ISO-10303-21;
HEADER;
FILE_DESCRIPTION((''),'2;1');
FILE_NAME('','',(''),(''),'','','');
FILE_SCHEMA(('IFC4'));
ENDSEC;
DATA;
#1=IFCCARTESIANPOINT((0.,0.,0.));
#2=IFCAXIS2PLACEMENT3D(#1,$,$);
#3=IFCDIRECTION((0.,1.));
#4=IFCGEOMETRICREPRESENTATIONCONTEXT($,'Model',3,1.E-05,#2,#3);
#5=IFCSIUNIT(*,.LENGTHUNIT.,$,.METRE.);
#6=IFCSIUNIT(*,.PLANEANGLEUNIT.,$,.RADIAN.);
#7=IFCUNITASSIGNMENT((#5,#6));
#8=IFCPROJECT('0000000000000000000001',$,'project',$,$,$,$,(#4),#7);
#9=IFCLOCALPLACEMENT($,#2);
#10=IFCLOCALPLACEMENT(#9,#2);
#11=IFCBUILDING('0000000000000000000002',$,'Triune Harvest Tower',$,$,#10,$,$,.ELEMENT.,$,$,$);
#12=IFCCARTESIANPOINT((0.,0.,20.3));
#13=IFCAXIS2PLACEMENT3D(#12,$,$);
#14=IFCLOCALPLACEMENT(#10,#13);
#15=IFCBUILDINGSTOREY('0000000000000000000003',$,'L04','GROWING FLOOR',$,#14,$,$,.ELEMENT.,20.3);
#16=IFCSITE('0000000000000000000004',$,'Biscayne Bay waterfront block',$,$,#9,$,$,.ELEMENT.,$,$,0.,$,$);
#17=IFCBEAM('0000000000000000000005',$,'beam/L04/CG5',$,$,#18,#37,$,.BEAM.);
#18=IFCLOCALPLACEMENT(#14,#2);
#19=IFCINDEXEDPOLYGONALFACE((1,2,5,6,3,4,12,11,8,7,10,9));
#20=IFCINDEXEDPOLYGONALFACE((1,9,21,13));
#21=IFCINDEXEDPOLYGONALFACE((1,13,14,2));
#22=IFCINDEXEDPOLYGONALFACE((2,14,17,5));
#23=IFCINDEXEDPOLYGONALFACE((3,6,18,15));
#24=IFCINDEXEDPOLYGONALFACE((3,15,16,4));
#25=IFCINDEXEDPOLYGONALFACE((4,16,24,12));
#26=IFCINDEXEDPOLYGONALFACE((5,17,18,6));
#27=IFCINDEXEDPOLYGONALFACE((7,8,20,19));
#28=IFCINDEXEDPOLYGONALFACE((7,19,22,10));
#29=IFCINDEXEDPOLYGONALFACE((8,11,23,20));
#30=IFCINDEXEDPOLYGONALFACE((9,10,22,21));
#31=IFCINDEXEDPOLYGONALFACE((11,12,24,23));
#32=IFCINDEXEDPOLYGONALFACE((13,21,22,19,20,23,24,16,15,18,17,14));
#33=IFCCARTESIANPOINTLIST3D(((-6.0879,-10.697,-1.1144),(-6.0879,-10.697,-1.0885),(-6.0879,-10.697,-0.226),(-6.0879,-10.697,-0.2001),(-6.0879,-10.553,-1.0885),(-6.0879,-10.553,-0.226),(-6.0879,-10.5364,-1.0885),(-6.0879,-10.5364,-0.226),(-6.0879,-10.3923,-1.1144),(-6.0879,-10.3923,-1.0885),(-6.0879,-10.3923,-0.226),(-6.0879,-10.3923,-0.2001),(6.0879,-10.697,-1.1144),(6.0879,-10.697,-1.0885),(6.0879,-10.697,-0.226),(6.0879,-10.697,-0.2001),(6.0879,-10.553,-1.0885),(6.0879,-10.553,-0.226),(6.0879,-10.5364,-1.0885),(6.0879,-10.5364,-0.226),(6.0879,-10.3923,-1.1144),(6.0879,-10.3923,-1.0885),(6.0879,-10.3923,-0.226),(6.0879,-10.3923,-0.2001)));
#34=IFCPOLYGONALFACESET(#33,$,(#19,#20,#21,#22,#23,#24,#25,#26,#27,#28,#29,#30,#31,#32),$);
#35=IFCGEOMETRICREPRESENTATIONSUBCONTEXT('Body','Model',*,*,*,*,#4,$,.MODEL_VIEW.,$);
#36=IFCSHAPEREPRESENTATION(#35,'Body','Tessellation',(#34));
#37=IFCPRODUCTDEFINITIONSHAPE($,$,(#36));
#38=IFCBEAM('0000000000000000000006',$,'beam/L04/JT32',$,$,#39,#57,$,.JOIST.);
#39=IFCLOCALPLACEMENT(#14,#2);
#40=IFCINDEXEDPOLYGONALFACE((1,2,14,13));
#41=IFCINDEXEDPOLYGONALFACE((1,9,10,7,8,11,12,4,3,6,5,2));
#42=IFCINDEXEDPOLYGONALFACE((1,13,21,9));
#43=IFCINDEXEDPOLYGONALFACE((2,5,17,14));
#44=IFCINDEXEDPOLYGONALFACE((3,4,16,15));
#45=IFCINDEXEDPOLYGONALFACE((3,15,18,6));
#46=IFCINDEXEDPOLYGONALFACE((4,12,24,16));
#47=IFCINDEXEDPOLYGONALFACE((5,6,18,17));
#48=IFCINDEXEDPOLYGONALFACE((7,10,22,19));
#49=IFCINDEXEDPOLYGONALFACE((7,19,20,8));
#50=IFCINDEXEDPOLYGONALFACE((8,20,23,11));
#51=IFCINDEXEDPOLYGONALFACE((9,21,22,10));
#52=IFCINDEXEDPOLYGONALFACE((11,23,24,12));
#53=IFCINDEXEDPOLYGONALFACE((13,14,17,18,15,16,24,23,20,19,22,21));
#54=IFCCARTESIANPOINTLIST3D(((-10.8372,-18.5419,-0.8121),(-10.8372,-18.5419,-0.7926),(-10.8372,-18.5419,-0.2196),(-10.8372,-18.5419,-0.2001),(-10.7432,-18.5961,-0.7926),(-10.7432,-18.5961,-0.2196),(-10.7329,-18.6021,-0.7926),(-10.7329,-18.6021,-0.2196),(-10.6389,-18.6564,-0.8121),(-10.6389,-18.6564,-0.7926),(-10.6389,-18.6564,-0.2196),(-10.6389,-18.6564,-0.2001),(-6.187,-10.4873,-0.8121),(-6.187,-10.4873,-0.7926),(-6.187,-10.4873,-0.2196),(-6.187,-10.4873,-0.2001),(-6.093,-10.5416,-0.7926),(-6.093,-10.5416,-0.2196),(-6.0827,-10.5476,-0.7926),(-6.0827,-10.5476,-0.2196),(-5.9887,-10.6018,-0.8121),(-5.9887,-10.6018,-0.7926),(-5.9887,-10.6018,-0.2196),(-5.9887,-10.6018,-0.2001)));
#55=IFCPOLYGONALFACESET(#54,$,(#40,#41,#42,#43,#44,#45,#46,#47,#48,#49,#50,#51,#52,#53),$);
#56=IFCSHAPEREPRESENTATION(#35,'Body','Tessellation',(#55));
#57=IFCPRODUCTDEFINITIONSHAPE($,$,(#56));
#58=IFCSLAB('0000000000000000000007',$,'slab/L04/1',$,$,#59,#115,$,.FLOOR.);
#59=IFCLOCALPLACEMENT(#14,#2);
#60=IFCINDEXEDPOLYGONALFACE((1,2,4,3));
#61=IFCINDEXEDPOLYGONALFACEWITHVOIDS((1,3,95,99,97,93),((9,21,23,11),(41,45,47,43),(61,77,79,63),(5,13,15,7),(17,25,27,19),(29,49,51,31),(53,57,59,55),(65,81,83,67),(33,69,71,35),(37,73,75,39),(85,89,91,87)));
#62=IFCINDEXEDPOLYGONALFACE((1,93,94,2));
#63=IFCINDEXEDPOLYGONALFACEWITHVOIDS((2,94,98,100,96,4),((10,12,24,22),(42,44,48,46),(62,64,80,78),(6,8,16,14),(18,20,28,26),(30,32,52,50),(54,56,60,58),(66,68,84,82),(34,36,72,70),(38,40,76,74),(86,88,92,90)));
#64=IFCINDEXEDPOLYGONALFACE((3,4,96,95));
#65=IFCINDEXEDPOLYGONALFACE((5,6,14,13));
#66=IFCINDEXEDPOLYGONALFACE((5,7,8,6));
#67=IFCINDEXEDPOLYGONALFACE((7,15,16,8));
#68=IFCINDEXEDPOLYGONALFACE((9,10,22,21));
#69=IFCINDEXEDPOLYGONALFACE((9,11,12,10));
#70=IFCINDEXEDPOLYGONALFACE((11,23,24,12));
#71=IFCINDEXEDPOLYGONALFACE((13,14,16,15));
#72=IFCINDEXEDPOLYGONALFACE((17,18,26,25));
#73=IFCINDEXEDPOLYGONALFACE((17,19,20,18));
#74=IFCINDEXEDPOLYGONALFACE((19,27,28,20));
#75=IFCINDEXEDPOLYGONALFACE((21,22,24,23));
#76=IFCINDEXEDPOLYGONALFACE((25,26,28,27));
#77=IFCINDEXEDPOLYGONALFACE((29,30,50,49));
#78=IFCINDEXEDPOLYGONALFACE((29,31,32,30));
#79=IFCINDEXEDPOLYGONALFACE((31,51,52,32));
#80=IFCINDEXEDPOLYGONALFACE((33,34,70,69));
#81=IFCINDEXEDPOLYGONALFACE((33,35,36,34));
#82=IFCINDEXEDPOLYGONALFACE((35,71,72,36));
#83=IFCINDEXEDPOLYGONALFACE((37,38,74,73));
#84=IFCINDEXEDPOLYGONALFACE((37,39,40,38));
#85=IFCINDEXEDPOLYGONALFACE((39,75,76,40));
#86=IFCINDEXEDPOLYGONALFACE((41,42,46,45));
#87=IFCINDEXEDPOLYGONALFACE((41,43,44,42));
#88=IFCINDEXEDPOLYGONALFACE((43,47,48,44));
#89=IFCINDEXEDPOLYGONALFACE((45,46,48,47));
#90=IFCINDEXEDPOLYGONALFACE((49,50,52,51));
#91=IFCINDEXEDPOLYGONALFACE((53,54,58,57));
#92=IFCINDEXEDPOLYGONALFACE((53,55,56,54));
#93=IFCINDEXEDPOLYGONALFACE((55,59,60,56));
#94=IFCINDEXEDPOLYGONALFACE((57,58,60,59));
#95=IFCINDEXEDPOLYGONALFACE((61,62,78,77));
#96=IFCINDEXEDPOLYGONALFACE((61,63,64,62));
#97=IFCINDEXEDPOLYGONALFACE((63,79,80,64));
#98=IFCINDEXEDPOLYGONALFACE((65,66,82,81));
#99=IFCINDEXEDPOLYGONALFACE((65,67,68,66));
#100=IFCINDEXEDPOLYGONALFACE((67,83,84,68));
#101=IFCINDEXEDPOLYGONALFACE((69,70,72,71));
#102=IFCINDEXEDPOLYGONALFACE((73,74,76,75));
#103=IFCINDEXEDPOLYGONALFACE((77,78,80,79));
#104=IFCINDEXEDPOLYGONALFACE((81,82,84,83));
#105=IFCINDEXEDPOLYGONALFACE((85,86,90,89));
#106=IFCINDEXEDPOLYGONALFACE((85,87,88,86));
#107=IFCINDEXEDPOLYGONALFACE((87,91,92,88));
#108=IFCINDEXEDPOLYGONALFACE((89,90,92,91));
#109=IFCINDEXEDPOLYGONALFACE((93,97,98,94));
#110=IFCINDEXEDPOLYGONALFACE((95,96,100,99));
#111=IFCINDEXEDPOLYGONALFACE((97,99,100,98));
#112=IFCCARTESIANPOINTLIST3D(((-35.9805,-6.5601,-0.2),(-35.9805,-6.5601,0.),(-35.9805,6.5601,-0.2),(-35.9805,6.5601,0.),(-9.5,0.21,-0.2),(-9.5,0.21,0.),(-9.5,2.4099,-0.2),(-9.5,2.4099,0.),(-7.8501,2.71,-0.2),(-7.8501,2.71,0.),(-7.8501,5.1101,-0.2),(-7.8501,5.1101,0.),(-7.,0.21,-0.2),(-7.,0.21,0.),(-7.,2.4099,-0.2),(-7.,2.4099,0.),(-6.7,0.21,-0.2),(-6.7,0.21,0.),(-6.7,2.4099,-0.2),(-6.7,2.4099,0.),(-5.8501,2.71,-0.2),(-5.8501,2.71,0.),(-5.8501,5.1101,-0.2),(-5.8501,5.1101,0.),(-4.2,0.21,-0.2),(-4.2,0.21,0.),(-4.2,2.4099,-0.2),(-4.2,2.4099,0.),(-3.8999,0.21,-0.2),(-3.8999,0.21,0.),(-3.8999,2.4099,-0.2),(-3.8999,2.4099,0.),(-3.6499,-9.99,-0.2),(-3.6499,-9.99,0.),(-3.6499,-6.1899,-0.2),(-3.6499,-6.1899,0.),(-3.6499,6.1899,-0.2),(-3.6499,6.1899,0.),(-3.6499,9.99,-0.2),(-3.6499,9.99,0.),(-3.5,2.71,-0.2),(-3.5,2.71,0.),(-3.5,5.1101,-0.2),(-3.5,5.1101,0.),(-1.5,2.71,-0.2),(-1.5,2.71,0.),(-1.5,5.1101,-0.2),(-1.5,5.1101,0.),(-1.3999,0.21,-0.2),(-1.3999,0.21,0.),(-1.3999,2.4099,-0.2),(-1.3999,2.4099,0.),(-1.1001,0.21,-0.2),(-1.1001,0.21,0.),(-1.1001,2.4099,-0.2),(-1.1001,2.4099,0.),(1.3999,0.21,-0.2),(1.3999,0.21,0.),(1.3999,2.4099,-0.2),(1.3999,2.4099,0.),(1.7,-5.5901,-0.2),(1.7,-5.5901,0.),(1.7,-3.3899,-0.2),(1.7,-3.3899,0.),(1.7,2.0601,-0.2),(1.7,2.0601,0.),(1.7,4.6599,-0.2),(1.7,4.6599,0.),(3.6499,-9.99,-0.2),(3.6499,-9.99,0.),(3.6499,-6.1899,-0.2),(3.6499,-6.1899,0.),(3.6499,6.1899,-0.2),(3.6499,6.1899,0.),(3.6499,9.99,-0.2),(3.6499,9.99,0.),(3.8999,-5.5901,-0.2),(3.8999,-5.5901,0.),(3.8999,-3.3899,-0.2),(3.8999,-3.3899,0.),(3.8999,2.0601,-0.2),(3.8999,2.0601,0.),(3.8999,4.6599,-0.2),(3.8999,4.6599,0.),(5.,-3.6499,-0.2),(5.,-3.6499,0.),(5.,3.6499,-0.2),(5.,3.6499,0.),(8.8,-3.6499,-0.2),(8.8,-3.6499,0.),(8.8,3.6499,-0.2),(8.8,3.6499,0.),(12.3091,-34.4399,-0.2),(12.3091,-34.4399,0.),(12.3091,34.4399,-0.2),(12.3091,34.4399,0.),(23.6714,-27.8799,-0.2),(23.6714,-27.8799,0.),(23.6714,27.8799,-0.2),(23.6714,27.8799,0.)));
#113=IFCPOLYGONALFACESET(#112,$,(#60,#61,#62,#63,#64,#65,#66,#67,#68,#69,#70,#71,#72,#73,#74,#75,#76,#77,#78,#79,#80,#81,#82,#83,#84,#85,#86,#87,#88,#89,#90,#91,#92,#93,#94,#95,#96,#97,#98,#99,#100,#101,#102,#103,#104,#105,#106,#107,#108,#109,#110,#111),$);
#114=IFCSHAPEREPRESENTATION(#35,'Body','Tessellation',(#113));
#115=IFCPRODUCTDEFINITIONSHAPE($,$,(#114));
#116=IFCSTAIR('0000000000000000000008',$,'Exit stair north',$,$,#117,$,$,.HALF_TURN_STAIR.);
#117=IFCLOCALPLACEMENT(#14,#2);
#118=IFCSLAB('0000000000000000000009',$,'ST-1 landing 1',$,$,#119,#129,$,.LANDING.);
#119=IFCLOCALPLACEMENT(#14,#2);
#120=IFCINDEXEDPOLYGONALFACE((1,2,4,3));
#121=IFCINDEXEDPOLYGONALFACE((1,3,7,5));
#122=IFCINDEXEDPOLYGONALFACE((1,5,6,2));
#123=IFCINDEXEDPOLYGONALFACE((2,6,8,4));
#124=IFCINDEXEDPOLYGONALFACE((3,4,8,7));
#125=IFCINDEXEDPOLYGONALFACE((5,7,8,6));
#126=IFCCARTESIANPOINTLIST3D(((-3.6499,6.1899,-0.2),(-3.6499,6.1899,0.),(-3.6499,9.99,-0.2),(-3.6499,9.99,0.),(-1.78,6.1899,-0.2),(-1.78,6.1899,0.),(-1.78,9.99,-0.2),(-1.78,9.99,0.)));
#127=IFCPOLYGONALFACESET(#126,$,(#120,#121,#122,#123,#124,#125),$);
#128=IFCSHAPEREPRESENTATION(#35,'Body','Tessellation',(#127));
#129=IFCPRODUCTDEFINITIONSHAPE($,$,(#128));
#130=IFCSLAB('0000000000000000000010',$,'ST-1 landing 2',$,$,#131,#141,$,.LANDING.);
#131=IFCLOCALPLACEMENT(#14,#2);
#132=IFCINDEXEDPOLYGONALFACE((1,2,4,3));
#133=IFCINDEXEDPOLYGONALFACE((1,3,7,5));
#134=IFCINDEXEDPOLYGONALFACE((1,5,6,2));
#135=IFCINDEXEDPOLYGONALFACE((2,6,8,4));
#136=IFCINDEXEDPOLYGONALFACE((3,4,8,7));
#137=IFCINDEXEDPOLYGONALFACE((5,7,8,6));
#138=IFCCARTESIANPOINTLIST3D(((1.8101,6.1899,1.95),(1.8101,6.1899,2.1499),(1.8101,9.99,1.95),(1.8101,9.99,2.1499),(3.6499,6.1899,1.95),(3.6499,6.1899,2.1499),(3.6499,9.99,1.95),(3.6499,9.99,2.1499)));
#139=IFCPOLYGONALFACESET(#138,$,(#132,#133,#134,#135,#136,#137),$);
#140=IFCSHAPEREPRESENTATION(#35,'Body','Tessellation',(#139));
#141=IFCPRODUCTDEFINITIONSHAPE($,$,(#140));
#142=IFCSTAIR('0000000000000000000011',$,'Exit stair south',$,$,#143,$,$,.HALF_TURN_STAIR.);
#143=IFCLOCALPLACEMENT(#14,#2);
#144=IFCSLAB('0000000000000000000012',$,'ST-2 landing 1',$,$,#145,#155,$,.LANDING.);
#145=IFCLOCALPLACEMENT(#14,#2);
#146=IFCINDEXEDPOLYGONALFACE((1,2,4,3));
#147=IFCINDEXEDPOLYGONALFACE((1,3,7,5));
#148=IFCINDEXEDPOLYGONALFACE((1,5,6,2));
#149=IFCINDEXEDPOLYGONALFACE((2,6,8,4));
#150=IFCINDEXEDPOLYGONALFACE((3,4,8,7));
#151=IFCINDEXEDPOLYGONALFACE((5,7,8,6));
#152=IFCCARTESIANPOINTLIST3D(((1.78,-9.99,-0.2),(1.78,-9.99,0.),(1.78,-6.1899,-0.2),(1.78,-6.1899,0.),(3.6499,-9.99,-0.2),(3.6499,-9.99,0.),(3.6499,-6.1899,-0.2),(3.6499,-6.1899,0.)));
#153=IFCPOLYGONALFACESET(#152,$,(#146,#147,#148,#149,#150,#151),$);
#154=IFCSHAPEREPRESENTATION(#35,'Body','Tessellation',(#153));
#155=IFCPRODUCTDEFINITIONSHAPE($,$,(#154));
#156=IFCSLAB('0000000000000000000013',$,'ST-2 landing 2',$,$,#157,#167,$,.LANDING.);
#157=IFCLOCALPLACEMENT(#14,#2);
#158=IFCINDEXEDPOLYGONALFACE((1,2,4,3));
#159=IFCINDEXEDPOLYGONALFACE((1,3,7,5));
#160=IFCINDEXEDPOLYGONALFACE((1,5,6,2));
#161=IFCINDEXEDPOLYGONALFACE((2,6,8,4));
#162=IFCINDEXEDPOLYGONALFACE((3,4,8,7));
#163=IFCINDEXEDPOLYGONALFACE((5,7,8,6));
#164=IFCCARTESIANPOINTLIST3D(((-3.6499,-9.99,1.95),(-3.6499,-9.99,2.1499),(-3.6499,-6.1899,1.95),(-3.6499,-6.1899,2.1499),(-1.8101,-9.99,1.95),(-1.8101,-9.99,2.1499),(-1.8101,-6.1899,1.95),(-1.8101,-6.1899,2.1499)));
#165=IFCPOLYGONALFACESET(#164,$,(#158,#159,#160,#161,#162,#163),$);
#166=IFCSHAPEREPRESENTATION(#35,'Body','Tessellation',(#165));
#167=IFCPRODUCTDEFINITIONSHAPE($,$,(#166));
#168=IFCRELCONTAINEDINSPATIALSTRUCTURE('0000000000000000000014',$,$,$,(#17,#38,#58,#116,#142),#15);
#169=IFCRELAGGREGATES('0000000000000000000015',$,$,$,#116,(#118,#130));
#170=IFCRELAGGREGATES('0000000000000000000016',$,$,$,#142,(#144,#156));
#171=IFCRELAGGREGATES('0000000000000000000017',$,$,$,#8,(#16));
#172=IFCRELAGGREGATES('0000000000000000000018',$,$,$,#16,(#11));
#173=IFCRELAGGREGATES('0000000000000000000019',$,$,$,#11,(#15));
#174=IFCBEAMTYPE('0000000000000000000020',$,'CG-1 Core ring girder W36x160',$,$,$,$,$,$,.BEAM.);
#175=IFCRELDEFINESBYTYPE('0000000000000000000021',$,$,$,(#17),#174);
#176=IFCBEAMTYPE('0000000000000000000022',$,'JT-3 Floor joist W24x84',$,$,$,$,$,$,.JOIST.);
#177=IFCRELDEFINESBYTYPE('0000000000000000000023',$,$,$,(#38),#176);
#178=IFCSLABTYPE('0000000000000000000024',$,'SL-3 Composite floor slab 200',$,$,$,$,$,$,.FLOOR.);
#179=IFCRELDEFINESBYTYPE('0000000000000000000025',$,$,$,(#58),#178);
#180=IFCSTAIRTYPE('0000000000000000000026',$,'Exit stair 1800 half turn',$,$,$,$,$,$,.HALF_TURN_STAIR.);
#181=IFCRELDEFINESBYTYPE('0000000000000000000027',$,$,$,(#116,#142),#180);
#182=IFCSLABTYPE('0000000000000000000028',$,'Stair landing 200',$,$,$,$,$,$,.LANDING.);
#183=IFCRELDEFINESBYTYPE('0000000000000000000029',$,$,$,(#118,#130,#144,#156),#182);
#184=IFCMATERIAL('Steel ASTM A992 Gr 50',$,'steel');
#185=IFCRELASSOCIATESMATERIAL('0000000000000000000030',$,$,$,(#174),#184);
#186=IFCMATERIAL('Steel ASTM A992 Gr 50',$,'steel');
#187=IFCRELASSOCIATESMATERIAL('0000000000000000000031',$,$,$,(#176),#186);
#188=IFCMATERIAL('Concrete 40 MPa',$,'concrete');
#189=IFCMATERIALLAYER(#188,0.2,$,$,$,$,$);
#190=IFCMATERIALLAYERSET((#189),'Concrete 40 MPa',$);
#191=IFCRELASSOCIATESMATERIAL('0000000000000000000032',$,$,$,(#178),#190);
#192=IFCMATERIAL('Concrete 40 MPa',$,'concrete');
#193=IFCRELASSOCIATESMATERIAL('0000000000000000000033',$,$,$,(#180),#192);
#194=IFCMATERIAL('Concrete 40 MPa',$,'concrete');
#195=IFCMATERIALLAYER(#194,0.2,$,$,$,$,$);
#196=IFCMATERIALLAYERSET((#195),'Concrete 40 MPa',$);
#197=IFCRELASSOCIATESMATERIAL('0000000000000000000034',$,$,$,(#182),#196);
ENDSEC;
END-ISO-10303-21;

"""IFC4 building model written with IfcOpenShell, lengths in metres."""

from ifc_helpers import new_model, si_unit, direction, frame, origin, origin_2d, place, context, subcontext, project, spatial, polyline, i_section, outline, extrude, source, transform, mapped, material, layer, layer_set, material_profile, profile_set, type_object, element, aggregate, save


model = new_model("IFC4")

# Units and contexts
model_context = context("Model", 3, precision=1e-05, world=origin(), true_north=direction((0.0, 1.0)))
body_context = subcontext(model_context, "Body", "Model", "MODEL_VIEW")
ifc_project = project(units=[si_unit("LENGTHUNIT", "METRE"), si_unit("PLANEANGLEUNIT", "RADIAN")], contexts=[model_context])

# Site, building, storey
site_placement = place(None, origin())
site = spatial("IfcSite", under=ifc_project, at=site_placement, Name="Biscayne Bay waterfront block", CompositionType="ELEMENT", RefElevation=0.0)
building_placement = place(site_placement, origin())
building = spatial("IfcBuilding", under=site, at=building_placement, Name="Triune Harvest Tower", CompositionType="ELEMENT")
storey_placement = place(building_placement, frame((0.0, 0.0, 20.3)))
storey = spatial("IfcBuildingStorey", under=building, at=storey_placement, Name="L04", Description="GROWING FLOOR", CompositionType="ELEMENT", Elevation=20.3)

# Beams
ifc_material_1 = material(Name="Steel ASTM A992 Gr 50", Category="steel")
ifc_material_profile_1 = material_profile(ifc_material_1, i_section(OverallWidth=0.3047, OverallDepth=0.9143, WebThickness=0.0166, FlangeThickness=0.0259, at=origin_2d()), Name="W36x160")
ifc_profile_set_1 = profile_set([ifc_material_profile_1], Name="Steel ASTM A992 Gr 50")
beam_type_1 = type_object("IfcBeamType", Name="CG-1 Core ring girder W36x160", PredefinedType="BEAM", material=ifc_profile_set_1)
shared_shape_1 = source(origin(), body_context, "Body", "SweptSolid", [
    extrude(i_section(OverallWidth=0.3047, OverallDepth=0.9143, WebThickness=0.0166, FlangeThickness=0.0259, at=origin_2d()), origin(), (0.0, 0.0, 1.0), 12.1758),
])
beam_1_placement = place(storey_placement, frame((-6.0879, -10.5447, -0.6572), z_axis=(1.0, 0.0, 0.0), x_axis=(0.0, 1.0, 0.0)))
element("IfcBeam", 1, at=beam_1_placement, inside=storey, type_object=beam_type_1, Name="beam/L04/CG5", PredefinedType="BEAM", context=body_context, shape_type="MappedRepresentation", body=[
    mapped(shared_shape_1, transform((0.0, 0.0, 0.0), scale=1.0)),
])
ifc_material_2 = material(Name="Steel ASTM A992 Gr 50", Category="steel")
ifc_material_profile_2 = material_profile(ifc_material_2, i_section(OverallWidth=0.229, OverallDepth=0.6121, WebThickness=0.012, FlangeThickness=0.0195, at=origin_2d()), Name="W24x84")
ifc_profile_set_2 = profile_set([ifc_material_profile_2], Name="Steel ASTM A992 Gr 50")
beam_type_2 = type_object("IfcBeamType", Name="JT-3 Floor joist W24x84", PredefinedType="JOIST", material=ifc_profile_set_2)
shared_shape_2 = source(origin(), body_context, "Body", "SweptSolid", [
    extrude(i_section(OverallWidth=0.229, OverallDepth=0.6121, WebThickness=0.012, FlangeThickness=0.0195, at=origin_2d()), origin(), (0.0, 0.0, 1.0), 9.3005),
])
beam_2_placement = place(storey_placement, frame((-10.738, -18.5991, -0.5061), z_axis=(0.499993, 0.86603, 0.0), x_axis=(-0.86603, 0.499993, 0.0)))
element("IfcBeam", 2, at=beam_2_placement, inside=storey, type_object=beam_type_2, Name="beam/L04/JT32", PredefinedType="JOIST", context=body_context, shape_type="MappedRepresentation", body=[
    mapped(shared_shape_2, transform((0.0, 0.0, 0.0), scale=1.0)),
])

# Slab
ifc_material_3 = material(Name="Concrete 40 MPa", Category="concrete")
ifc_layer_1 = layer(ifc_material_3, 0.2)
ifc_layer_set_1 = layer_set([ifc_layer_1], Name="Concrete 40 MPa")
slab_type_1 = type_object("IfcSlabType", Name="SL-3 Composite floor slab 200", PredefinedType="FLOOR", material=ifc_layer_set_1)
shared_shape_3 = source(origin(), body_context, "Body", "SweptSolid", [
    extrude(outline(polyline([(23.6714, -27.8799), (23.6714, 27.8799), (12.3091, 34.4399), (-35.9805, 6.5601), (-35.9805, -6.5601), (12.3091, -34.4399), (23.6714, -27.8799)]), holes=[polyline([(-7.0, 0.21), (-7.0, 2.4099), (-9.5, 2.4099), (-9.5, 0.21), (-7.0, 0.21)]), polyline([(-4.2, 0.21), (-4.2, 2.4099), (-6.7, 2.4099), (-6.7, 0.21), (-4.2, 0.21)]), polyline([(-1.3999, 0.21), (-1.3999, 2.4099), (-3.8999, 2.4099), (-3.8999, 0.21), (-1.3999, 0.21)]), polyline([(1.3999, 0.21), (1.3999, 2.4099), (-1.1001, 2.4099), (-1.1001, 0.21), (1.3999, 0.21)]), polyline([(3.8999, 2.0601), (3.8999, 4.6599), (1.7, 4.6599), (1.7, 2.0601), (3.8999, 2.0601)]), polyline([(3.8999, -5.5901), (3.8999, -3.3899), (1.7, -3.3899), (1.7, -5.5901), (3.8999, -5.5901)]), polyline([(-5.8501, 2.71), (-5.8501, 5.1101), (-7.8501, 5.1101), (-7.8501, 2.71), (-5.8501, 2.71)]), polyline([(-1.5, 2.71), (-1.5, 5.1101), (-3.5, 5.1101), (-3.5, 2.71), (-1.5, 2.71)]), polyline([(3.6499, 6.1899), (3.6499, 9.99), (-3.6499, 9.99), (-3.6499, 6.1899), (3.6499, 6.1899)]), polyline([(3.6499, -9.99), (3.6499, -6.1899), (-3.6499, -6.1899), (-3.6499, -9.99), (3.6499, -9.99)]), polyline([(8.8, -3.6499), (8.8, 3.6499), (5.0, 3.6499), (5.0, -3.6499), (8.8, -3.6499)])]), origin(), (0.0, 0.0, 1.0), 0.2),
])
slab_1_placement = place(storey_placement, frame((0.0, 0.0, -0.2)))
element("IfcSlab", 3, at=slab_1_placement, inside=storey, type_object=slab_type_1, Name="slab/L04/1", PredefinedType="FLOOR", context=body_context, shape_type="MappedRepresentation", body=[
    mapped(shared_shape_3, transform((0.0, 0.0, 0.0), scale=1.0)),
])

# Stairs, slabs
ifc_material_4 = material(Name="Concrete 40 MPa", Category="concrete")
stair_type = type_object("IfcStairType", Name="Exit stair 1800 half turn", PredefinedType="HALF_TURN_STAIR", material=ifc_material_4)
stair_1_placement = place(storey_placement, origin())
stair_1 = element("IfcStair", 4, at=stair_1_placement, inside=storey, type_object=stair_type, Name="Exit stair north", PredefinedType="HALF_TURN_STAIR")
ifc_material_5 = material(Name="Concrete 40 MPa", Category="concrete")
ifc_layer_2 = layer(ifc_material_5, 0.2)
ifc_layer_set_2 = layer_set([ifc_layer_2], Name="Concrete 40 MPa")
slab_type_2 = type_object("IfcSlabType", Name="Stair landing 200", PredefinedType="LANDING", material=ifc_layer_set_2)
shared_shape_4 = source(origin(), body_context, "Body", "SweptSolid", [
    extrude(outline(polyline([(-3.6499, 6.1899), (-1.78, 6.1899), (-1.78, 9.99), (-3.6499, 9.99), (-3.6499, 6.1899)])), origin(), (0.0, 0.0, 1.0), 0.2),
])
slab_2_placement = place(storey_placement, frame((0.0, 0.0, -0.2)))
slab_2 = element("IfcSlab", 5, at=slab_2_placement, type_object=slab_type_2, Name="ST-1 landing 1", PredefinedType="LANDING", context=body_context, shape_type="MappedRepresentation", body=[
    mapped(shared_shape_4, transform((0.0, 0.0, 0.0), scale=1.0)),
])
shared_shape_5 = source(origin(), body_context, "Body", "SweptSolid", [
    extrude(outline(polyline([(1.8101, 6.1899), (3.6499, 6.1899), (3.6499, 9.99), (1.8101, 9.99), (1.8101, 6.1899)])), origin(), (0.0, 0.0, 1.0), 0.2),
])
slab_3_placement = place(storey_placement, frame((0.0, 0.0, 1.95)))
slab_3 = element("IfcSlab", 6, at=slab_3_placement, type_object=slab_type_2, Name="ST-1 landing 2", PredefinedType="LANDING", context=body_context, shape_type="MappedRepresentation", body=[
    mapped(shared_shape_5, transform((0.0, 0.0, 0.0), scale=1.0)),
])
aggregate(stair_1, [slab_2, slab_3])
stair_2_placement = place(storey_placement, origin())
stair_2 = element("IfcStair", 7, at=stair_2_placement, inside=storey, type_object=stair_type, Name="Exit stair south", PredefinedType="HALF_TURN_STAIR")
shared_shape_6 = source(origin(), body_context, "Body", "SweptSolid", [
    extrude(outline(polyline([(3.6499, -6.1899), (1.78, -6.1899), (1.78, -9.99), (3.6499, -9.99), (3.6499, -6.1899)])), origin(), (0.0, 0.0, 1.0), 0.2),
])
slab_4_placement = place(storey_placement, frame((0.0, 0.0, -0.2)))
slab_4 = element("IfcSlab", 8, at=slab_4_placement, type_object=slab_type_2, Name="ST-2 landing 1", PredefinedType="LANDING", context=body_context, shape_type="MappedRepresentation", body=[
    mapped(shared_shape_6, transform((0.0, 0.0, 0.0), scale=1.0)),
])
shared_shape_7 = source(origin(), body_context, "Body", "SweptSolid", [
    extrude(outline(polyline([(-1.8101, -6.1899), (-3.6499, -6.1899), (-3.6499, -9.99), (-1.8101, -9.99), (-1.8101, -6.1899)])), origin(), (0.0, 0.0, 1.0), 0.2),
])
slab_5_placement = place(storey_placement, frame((0.0, 0.0, 1.95)))
slab_5 = element("IfcSlab", 9, at=slab_5_placement, type_object=slab_type_2, Name="ST-2 landing 2", PredefinedType="LANDING", context=body_context, shape_type="MappedRepresentation", body=[
    mapped(shared_shape_7, transform((0.0, 0.0, 0.0), scale=1.0)),
])

aggregate(stair_2, [slab_4, slab_5])

save(model, "model.ifc")
